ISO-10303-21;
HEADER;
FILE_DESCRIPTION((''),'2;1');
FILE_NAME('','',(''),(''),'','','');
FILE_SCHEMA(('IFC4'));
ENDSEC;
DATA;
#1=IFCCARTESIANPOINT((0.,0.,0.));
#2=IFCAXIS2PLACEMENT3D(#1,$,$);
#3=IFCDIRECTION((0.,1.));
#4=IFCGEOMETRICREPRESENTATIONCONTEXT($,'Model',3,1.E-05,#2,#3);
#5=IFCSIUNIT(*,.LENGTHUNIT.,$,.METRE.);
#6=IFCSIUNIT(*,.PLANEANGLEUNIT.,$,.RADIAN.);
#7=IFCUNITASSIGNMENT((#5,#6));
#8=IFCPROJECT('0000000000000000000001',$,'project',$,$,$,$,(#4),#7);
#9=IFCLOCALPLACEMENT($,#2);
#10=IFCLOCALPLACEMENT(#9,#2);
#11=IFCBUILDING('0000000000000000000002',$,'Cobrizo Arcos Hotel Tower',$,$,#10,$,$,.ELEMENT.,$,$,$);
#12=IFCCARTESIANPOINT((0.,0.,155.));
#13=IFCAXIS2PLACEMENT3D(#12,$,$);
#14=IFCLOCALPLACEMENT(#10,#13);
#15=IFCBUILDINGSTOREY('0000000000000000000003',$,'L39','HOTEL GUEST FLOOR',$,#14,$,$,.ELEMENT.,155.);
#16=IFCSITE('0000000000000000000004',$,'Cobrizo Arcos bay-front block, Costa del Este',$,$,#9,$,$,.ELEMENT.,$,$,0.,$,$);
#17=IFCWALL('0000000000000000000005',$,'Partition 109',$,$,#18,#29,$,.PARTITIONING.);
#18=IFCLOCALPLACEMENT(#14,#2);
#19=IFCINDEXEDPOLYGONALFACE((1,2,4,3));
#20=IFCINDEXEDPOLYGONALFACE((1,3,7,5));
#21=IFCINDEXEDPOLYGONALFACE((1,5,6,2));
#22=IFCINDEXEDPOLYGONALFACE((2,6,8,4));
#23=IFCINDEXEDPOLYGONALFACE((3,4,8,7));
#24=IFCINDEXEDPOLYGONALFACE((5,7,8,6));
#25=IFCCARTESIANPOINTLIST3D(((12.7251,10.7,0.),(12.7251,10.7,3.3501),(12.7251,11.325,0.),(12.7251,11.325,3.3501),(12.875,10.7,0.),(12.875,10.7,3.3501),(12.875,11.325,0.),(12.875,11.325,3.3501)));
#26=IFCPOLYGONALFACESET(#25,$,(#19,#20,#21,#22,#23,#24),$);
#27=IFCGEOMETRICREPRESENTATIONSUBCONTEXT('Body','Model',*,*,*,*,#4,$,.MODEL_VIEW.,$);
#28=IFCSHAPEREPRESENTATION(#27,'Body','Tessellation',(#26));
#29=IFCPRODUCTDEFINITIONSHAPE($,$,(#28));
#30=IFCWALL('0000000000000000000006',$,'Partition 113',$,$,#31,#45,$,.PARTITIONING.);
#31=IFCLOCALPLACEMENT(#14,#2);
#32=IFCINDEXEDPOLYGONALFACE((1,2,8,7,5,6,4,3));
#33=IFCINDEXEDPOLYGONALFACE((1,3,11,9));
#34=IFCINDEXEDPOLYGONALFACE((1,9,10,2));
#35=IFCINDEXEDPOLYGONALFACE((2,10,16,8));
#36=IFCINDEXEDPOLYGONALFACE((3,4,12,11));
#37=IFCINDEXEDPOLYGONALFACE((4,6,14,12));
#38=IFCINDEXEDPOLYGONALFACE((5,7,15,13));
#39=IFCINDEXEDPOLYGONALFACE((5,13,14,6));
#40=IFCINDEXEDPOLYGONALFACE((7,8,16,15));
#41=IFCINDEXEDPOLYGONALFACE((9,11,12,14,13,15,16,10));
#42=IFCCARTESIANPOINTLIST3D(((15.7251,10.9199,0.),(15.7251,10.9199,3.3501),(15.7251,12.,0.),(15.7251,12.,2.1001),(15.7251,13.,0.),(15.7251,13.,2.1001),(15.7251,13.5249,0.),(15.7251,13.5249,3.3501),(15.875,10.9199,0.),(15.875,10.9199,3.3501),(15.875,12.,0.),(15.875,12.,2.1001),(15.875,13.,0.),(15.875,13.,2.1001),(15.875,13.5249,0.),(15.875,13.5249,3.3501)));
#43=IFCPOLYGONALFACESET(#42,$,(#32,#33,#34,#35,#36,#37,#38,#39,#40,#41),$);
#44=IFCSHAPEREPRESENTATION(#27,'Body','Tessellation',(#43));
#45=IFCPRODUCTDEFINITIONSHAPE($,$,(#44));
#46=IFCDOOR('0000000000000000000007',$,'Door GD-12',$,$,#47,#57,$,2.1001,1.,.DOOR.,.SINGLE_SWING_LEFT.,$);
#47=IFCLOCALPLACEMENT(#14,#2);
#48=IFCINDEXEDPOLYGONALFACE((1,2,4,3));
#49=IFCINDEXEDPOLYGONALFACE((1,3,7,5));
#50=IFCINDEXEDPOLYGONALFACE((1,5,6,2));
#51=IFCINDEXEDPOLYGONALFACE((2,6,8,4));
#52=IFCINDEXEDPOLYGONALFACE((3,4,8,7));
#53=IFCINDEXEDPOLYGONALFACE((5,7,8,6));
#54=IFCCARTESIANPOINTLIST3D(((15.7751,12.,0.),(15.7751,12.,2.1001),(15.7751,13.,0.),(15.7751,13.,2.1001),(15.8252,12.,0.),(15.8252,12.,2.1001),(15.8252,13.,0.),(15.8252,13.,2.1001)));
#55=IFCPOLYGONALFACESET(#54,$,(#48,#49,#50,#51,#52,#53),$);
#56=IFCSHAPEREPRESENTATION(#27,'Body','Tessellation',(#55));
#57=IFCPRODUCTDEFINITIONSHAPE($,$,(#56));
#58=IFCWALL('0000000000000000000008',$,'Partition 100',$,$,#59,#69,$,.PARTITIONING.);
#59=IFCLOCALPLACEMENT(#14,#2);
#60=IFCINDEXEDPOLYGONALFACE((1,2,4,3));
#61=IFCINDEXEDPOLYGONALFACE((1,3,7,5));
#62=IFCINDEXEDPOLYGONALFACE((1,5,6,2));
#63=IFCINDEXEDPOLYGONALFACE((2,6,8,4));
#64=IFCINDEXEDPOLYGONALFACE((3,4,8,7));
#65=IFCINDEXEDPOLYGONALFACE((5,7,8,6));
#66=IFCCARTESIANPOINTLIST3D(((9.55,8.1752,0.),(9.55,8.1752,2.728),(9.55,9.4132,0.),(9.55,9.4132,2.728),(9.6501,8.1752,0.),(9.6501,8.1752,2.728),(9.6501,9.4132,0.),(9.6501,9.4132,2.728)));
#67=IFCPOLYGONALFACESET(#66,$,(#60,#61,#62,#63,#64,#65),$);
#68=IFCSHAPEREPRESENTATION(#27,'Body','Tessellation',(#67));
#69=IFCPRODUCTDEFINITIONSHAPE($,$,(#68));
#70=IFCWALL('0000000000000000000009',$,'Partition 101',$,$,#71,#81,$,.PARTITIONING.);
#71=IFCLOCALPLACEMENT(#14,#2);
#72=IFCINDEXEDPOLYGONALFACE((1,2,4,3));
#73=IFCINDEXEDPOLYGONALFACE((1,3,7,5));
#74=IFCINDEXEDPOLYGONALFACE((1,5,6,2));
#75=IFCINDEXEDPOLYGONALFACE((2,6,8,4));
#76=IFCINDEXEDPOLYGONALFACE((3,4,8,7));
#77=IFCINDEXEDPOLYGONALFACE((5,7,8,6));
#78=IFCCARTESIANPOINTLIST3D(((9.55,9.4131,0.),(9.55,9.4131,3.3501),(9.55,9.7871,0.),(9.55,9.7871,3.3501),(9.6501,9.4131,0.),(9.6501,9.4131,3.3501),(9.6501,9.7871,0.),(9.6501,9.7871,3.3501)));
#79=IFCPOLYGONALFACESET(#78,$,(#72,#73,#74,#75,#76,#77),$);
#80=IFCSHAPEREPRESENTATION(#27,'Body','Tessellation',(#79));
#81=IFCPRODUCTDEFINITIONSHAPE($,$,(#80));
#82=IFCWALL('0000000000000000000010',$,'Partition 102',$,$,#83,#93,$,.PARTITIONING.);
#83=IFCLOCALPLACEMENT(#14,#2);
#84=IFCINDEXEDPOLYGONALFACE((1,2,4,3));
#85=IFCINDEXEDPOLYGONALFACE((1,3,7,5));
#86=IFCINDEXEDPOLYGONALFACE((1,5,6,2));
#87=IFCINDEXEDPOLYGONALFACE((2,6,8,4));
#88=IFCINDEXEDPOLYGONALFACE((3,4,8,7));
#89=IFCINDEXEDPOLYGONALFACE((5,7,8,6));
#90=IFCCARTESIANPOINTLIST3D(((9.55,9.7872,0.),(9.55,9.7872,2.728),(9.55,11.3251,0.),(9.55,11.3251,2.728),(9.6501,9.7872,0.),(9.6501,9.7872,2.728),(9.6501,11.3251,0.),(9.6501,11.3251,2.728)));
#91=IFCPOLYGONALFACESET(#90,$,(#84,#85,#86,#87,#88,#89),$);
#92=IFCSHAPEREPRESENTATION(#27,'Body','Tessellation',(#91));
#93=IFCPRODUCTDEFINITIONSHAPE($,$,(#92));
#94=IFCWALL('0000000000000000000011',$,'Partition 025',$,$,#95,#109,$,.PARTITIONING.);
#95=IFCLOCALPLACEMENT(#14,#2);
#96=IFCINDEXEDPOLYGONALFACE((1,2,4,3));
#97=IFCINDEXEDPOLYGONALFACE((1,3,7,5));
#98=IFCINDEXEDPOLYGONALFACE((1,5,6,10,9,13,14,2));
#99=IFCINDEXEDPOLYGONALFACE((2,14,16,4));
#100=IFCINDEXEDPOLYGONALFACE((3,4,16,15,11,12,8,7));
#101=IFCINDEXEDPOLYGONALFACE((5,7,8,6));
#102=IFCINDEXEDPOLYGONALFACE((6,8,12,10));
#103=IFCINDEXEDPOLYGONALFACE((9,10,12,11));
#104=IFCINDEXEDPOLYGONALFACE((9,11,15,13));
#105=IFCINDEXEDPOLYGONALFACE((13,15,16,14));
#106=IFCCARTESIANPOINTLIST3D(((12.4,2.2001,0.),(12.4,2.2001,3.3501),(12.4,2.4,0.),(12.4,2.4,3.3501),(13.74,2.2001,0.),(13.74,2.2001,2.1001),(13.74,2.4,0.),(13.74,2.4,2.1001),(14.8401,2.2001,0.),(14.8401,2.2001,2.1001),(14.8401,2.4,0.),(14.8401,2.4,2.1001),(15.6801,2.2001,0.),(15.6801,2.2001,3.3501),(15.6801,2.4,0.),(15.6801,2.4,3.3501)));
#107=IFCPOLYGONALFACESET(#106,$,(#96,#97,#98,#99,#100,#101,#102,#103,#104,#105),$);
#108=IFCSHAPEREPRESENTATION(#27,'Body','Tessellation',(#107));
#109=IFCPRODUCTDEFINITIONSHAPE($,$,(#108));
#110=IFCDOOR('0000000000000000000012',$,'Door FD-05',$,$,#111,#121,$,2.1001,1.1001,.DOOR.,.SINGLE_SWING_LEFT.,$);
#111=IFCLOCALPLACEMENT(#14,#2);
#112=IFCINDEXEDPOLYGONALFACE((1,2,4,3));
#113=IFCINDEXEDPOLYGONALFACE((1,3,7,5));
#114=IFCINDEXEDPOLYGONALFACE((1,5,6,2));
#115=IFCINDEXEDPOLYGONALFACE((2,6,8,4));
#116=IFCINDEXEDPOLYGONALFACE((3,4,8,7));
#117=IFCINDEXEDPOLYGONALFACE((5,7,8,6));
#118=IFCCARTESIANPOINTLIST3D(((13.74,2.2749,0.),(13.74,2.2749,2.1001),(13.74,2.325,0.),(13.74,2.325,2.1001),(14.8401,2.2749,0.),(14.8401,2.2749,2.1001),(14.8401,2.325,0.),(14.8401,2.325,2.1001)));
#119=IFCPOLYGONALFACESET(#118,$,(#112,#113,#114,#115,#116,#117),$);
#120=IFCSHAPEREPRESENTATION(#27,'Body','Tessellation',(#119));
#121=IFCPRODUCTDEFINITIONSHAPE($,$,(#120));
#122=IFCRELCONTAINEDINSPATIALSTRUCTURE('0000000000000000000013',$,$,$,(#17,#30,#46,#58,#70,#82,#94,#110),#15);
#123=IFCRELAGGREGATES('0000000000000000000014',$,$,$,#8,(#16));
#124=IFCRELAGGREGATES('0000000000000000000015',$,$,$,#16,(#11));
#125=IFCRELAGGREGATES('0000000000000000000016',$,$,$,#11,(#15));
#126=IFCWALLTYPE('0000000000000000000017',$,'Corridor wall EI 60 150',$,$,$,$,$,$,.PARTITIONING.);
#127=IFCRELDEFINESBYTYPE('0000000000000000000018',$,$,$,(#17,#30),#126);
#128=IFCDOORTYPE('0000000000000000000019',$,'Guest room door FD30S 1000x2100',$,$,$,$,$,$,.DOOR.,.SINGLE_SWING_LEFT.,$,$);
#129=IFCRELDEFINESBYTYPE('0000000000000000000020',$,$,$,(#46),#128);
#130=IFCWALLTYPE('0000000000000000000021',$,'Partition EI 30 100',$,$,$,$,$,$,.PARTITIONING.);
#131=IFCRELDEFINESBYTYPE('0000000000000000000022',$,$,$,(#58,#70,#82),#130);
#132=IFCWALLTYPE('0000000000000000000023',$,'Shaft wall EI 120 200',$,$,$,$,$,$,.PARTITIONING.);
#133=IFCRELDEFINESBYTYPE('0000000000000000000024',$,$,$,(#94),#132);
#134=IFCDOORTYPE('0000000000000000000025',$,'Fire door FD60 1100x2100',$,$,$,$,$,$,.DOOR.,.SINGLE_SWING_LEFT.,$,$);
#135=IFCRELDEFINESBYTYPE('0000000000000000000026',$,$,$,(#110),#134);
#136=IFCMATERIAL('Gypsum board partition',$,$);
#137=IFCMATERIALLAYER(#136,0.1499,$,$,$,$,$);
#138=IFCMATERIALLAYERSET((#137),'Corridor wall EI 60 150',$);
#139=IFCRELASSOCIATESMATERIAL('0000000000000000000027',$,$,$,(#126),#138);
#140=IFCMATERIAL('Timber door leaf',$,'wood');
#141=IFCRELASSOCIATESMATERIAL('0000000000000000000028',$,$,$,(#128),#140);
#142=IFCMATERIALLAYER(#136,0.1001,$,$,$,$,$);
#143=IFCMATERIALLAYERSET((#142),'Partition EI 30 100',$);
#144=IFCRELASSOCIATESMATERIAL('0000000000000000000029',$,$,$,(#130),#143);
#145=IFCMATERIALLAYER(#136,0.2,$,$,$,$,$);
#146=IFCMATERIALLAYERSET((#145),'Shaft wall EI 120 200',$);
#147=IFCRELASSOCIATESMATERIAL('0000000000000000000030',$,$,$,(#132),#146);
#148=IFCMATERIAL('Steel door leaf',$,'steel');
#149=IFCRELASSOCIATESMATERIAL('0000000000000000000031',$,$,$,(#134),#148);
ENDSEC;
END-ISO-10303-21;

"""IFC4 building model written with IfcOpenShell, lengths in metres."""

from ifc_helpers import new_model, si_unit, direction, frame, frame_2d, origin, place, context, subcontext, project, spatial, rectangle, extrude, material, layer, layer_set, type_object, element, fill, save


model = new_model("IFC4")

# Units and contexts
model_context = context("Model", 3, precision=1e-05, world=origin(), true_north=direction((0.0, 1.0)))
body_context = subcontext(model_context, "Body", "Model", "MODEL_VIEW")
ifc_project = project(units=[si_unit("LENGTHUNIT", "METRE"), si_unit("PLANEANGLEUNIT", "RADIAN")], contexts=[model_context])

# Site, building, storey
site_placement = place(None, origin())
site = spatial("IfcSite", under=ifc_project, at=site_placement, Name="Cobrizo Arcos bay-front block, Costa del Este", CompositionType="ELEMENT", RefElevation=0.0)
building_placement = place(site_placement, origin())
building = spatial("IfcBuilding", under=site, at=building_placement, Name="Cobrizo Arcos Hotel Tower", CompositionType="ELEMENT")
storey_placement = place(building_placement, frame((0.0, 0.0, 155.0)))
storey = spatial("IfcBuildingStorey", under=building, at=storey_placement, Name="L39", Description="HOTEL GUEST FLOOR", CompositionType="ELEMENT", Elevation=155.0)

# Shared definitions
ifc_material_1 = material(Name="Gypsum board partition")
ifc_layer_1 = layer(ifc_material_1, 0.1499)
ifc_layer_set_1 = layer_set([ifc_layer_1], Name="Corridor wall EI 60 150")
wall_type_1 = type_object("IfcWallType", Name="Corridor wall EI 60 150", PredefinedType="PARTITIONING", material=ifc_layer_set_1)
ifc_material_2 = material(Name="Timber door leaf", Category="wood")

# Wall
wall_1_placement = place(storey_placement, frame((12.8, 10.7, 0.0), z_axis=(0.0, 0.0, 1.0), x_axis=(0.0, 1.0, 0.0)))
element("IfcWall", 1, at=wall_1_placement, inside=storey, type_object=wall_type_1, Name="Partition 109", PredefinedType="PARTITIONING", context=body_context, shape_type="SweptSolid", body=[
    extrude(rectangle(XDim=0.625, YDim=0.1499, at=frame_2d((0.3125, 0.0))), origin(), (0.0, 0.0, 1.0), 3.3501),
])

# Wall, opening, door
wall_2_placement = place(storey_placement, frame((15.8, 10.9199, 0.0), z_axis=(0.0, 0.0, 1.0), x_axis=(0.0, 1.0, 0.0)))
wall_2 = element("IfcWall", 2, at=wall_2_placement, inside=storey, type_object=wall_type_1, Name="Partition 113", PredefinedType="PARTITIONING", context=body_context, shape_type="SweptSolid", body=[
    extrude(rectangle(XDim=2.605, YDim=0.1499, at=frame_2d((1.3025, 0.0))), origin(), (0.0, 0.0, 1.0), 3.3501),
])
opening_1_placement = place(wall_2_placement, frame((1.0801, 0.0, 0.0)))
opening_1 = element("IfcOpeningElement", 3, at=opening_1_placement, cuts=wall_2, PredefinedType="OPENING", context=body_context, shape_type="SweptSolid", body=[
    extrude(rectangle(XDim=1.0, YDim=2.1001, at=frame_2d((0.5, 1.05))), frame((0.0, 0.0869, 0.0), z_axis=(0.0, -1.0, 0.0), x_axis=(1.0, 0.0, 0.0)), (0.0, 0.0, 1.0), 0.1738),
])
door_type_1 = type_object("IfcDoorType", Name="Guest room door FD30S 1000x2100", OperationType="SINGLE_SWING_LEFT", PredefinedType="DOOR", material=ifc_material_2)
door_1_placement = place(opening_1_placement, origin())
door_1 = element("IfcDoor", 4, at=door_1_placement, inside=storey, type_object=door_type_1, Name="Door GD-12", OperationType="SINGLE_SWING_LEFT", OverallHeight=2.1001, OverallWidth=1.0, PredefinedType="DOOR", context=body_context, shape_type="SweptSolid", body=[
    extrude(rectangle(XDim=1.0, YDim=2.1001, at=frame_2d((0.5, 1.05))), frame((0.0, 0.0249, 0.0), z_axis=(0.0, -1.0, 0.0), x_axis=(1.0, 0.0, 0.0)), (0.0, 0.0, 1.0), 0.05),
])
fill(opening_1, door_1)

# Walls
ifc_layer_2 = layer(ifc_material_1, 0.1001)
ifc_layer_set_2 = layer_set([ifc_layer_2], Name="Partition EI 30 100")
wall_type_2 = type_object("IfcWallType", Name="Partition EI 30 100", PredefinedType="PARTITIONING", material=ifc_layer_set_2)
wall_3_placement = place(storey_placement, frame((9.6001, 8.175, 0.0), z_axis=(0.0, 0.0, 1.0), x_axis=(0.0, 1.0, 0.0)))
element("IfcWall", 5, at=wall_3_placement, inside=storey, type_object=wall_type_2, Name="Partition 100", PredefinedType="PARTITIONING", context=body_context, shape_type="SweptSolid", body=[
    extrude(rectangle(XDim=1.238, YDim=0.1001, at=frame_2d((0.6191, 0.0))), origin(), (0.0, 0.0, 1.0), 2.728),
])
wall_4_placement = place(storey_placement, frame((9.6001, 9.4131, 0.0), z_axis=(0.0, 0.0, 1.0), x_axis=(0.0, 1.0, 0.0)))
element("IfcWall", 6, at=wall_4_placement, inside=storey, type_object=wall_type_2, Name="Partition 101", PredefinedType="PARTITIONING", context=body_context, shape_type="SweptSolid", body=[
    extrude(rectangle(XDim=0.374, YDim=0.1001, at=frame_2d((0.187, 0.0))), origin(), (0.0, 0.0, 1.0), 3.3501),
])
wall_5_placement = place(storey_placement, frame((9.6001, 9.7871, 0.0), z_axis=(0.0, 0.0, 1.0), x_axis=(0.0, 1.0, 0.0)))
element("IfcWall", 7, at=wall_5_placement, inside=storey, type_object=wall_type_2, Name="Partition 102", PredefinedType="PARTITIONING", context=body_context, shape_type="SweptSolid", body=[
    extrude(rectangle(XDim=1.5378, YDim=0.1001, at=frame_2d((0.769, 0.0))), origin(), (0.0, 0.0, 1.0), 2.728),
])

# Wall, opening, door
ifc_layer_3 = layer(ifc_material_1, 0.2)
ifc_layer_set_3 = layer_set([ifc_layer_3], Name="Shaft wall EI 120 200")
wall_type_3 = type_object("IfcWallType", Name="Shaft wall EI 120 200", PredefinedType="PARTITIONING", material=ifc_layer_set_3)
wall_6_placement = place(storey_placement, frame((12.3999, 2.3, 0.0), z_axis=(0.0, 0.0, 1.0), x_axis=(1.0, 0.0, 0.0)))
wall_6 = element("IfcWall", 8, at=wall_6_placement, inside=storey, type_object=wall_type_3, Name="Partition 025", PredefinedType="PARTITIONING", context=body_context, shape_type="SweptSolid", body=[
    extrude(rectangle(XDim=3.28, YDim=0.2, at=frame_2d((1.6401, 0.0))), origin(), (0.0, 0.0, 1.0), 3.3501),
])
opening_2_placement = place(wall_6_placement, frame((1.3401, 0.0, 0.0)))
opening_2 = element("IfcOpeningElement", 9, at=opening_2_placement, cuts=wall_6, PredefinedType="OPENING", context=body_context, shape_type="SweptSolid", body=[
    extrude(rectangle(XDim=1.1001, YDim=2.1001, at=frame_2d((0.55, 1.05))), frame((0.0, 0.1121, 0.0), z_axis=(0.0, -1.0, 0.0), x_axis=(1.0, 0.0, 0.0)), (0.0, 0.0, 1.0), 0.2239),
])
ifc_material_3 = material(Name="Steel door leaf", Category="steel")
door_type_2 = type_object("IfcDoorType", Name="Fire door FD60 1100x2100", OperationType="SINGLE_SWING_LEFT", PredefinedType="DOOR", material=ifc_material_3)
door_2_placement = place(opening_2_placement, origin())
door_2 = element("IfcDoor", 10, at=door_2_placement, inside=storey, type_object=door_type_2, Name="Door FD-05", OperationType="SINGLE_SWING_LEFT", OverallHeight=2.1001, OverallWidth=1.1001, PredefinedType="DOOR", context=body_context, shape_type="SweptSolid", body=[
    extrude(rectangle(XDim=1.1001, YDim=2.1001, at=frame_2d((0.55, 1.05))), frame((0.0, 0.0249, 0.0), z_axis=(0.0, -1.0, 0.0), x_axis=(1.0, 0.0, 0.0)), (0.0, 0.0, 1.0), 0.05),
])
fill(opening_2, door_2)

save(model, "model.ifc")
